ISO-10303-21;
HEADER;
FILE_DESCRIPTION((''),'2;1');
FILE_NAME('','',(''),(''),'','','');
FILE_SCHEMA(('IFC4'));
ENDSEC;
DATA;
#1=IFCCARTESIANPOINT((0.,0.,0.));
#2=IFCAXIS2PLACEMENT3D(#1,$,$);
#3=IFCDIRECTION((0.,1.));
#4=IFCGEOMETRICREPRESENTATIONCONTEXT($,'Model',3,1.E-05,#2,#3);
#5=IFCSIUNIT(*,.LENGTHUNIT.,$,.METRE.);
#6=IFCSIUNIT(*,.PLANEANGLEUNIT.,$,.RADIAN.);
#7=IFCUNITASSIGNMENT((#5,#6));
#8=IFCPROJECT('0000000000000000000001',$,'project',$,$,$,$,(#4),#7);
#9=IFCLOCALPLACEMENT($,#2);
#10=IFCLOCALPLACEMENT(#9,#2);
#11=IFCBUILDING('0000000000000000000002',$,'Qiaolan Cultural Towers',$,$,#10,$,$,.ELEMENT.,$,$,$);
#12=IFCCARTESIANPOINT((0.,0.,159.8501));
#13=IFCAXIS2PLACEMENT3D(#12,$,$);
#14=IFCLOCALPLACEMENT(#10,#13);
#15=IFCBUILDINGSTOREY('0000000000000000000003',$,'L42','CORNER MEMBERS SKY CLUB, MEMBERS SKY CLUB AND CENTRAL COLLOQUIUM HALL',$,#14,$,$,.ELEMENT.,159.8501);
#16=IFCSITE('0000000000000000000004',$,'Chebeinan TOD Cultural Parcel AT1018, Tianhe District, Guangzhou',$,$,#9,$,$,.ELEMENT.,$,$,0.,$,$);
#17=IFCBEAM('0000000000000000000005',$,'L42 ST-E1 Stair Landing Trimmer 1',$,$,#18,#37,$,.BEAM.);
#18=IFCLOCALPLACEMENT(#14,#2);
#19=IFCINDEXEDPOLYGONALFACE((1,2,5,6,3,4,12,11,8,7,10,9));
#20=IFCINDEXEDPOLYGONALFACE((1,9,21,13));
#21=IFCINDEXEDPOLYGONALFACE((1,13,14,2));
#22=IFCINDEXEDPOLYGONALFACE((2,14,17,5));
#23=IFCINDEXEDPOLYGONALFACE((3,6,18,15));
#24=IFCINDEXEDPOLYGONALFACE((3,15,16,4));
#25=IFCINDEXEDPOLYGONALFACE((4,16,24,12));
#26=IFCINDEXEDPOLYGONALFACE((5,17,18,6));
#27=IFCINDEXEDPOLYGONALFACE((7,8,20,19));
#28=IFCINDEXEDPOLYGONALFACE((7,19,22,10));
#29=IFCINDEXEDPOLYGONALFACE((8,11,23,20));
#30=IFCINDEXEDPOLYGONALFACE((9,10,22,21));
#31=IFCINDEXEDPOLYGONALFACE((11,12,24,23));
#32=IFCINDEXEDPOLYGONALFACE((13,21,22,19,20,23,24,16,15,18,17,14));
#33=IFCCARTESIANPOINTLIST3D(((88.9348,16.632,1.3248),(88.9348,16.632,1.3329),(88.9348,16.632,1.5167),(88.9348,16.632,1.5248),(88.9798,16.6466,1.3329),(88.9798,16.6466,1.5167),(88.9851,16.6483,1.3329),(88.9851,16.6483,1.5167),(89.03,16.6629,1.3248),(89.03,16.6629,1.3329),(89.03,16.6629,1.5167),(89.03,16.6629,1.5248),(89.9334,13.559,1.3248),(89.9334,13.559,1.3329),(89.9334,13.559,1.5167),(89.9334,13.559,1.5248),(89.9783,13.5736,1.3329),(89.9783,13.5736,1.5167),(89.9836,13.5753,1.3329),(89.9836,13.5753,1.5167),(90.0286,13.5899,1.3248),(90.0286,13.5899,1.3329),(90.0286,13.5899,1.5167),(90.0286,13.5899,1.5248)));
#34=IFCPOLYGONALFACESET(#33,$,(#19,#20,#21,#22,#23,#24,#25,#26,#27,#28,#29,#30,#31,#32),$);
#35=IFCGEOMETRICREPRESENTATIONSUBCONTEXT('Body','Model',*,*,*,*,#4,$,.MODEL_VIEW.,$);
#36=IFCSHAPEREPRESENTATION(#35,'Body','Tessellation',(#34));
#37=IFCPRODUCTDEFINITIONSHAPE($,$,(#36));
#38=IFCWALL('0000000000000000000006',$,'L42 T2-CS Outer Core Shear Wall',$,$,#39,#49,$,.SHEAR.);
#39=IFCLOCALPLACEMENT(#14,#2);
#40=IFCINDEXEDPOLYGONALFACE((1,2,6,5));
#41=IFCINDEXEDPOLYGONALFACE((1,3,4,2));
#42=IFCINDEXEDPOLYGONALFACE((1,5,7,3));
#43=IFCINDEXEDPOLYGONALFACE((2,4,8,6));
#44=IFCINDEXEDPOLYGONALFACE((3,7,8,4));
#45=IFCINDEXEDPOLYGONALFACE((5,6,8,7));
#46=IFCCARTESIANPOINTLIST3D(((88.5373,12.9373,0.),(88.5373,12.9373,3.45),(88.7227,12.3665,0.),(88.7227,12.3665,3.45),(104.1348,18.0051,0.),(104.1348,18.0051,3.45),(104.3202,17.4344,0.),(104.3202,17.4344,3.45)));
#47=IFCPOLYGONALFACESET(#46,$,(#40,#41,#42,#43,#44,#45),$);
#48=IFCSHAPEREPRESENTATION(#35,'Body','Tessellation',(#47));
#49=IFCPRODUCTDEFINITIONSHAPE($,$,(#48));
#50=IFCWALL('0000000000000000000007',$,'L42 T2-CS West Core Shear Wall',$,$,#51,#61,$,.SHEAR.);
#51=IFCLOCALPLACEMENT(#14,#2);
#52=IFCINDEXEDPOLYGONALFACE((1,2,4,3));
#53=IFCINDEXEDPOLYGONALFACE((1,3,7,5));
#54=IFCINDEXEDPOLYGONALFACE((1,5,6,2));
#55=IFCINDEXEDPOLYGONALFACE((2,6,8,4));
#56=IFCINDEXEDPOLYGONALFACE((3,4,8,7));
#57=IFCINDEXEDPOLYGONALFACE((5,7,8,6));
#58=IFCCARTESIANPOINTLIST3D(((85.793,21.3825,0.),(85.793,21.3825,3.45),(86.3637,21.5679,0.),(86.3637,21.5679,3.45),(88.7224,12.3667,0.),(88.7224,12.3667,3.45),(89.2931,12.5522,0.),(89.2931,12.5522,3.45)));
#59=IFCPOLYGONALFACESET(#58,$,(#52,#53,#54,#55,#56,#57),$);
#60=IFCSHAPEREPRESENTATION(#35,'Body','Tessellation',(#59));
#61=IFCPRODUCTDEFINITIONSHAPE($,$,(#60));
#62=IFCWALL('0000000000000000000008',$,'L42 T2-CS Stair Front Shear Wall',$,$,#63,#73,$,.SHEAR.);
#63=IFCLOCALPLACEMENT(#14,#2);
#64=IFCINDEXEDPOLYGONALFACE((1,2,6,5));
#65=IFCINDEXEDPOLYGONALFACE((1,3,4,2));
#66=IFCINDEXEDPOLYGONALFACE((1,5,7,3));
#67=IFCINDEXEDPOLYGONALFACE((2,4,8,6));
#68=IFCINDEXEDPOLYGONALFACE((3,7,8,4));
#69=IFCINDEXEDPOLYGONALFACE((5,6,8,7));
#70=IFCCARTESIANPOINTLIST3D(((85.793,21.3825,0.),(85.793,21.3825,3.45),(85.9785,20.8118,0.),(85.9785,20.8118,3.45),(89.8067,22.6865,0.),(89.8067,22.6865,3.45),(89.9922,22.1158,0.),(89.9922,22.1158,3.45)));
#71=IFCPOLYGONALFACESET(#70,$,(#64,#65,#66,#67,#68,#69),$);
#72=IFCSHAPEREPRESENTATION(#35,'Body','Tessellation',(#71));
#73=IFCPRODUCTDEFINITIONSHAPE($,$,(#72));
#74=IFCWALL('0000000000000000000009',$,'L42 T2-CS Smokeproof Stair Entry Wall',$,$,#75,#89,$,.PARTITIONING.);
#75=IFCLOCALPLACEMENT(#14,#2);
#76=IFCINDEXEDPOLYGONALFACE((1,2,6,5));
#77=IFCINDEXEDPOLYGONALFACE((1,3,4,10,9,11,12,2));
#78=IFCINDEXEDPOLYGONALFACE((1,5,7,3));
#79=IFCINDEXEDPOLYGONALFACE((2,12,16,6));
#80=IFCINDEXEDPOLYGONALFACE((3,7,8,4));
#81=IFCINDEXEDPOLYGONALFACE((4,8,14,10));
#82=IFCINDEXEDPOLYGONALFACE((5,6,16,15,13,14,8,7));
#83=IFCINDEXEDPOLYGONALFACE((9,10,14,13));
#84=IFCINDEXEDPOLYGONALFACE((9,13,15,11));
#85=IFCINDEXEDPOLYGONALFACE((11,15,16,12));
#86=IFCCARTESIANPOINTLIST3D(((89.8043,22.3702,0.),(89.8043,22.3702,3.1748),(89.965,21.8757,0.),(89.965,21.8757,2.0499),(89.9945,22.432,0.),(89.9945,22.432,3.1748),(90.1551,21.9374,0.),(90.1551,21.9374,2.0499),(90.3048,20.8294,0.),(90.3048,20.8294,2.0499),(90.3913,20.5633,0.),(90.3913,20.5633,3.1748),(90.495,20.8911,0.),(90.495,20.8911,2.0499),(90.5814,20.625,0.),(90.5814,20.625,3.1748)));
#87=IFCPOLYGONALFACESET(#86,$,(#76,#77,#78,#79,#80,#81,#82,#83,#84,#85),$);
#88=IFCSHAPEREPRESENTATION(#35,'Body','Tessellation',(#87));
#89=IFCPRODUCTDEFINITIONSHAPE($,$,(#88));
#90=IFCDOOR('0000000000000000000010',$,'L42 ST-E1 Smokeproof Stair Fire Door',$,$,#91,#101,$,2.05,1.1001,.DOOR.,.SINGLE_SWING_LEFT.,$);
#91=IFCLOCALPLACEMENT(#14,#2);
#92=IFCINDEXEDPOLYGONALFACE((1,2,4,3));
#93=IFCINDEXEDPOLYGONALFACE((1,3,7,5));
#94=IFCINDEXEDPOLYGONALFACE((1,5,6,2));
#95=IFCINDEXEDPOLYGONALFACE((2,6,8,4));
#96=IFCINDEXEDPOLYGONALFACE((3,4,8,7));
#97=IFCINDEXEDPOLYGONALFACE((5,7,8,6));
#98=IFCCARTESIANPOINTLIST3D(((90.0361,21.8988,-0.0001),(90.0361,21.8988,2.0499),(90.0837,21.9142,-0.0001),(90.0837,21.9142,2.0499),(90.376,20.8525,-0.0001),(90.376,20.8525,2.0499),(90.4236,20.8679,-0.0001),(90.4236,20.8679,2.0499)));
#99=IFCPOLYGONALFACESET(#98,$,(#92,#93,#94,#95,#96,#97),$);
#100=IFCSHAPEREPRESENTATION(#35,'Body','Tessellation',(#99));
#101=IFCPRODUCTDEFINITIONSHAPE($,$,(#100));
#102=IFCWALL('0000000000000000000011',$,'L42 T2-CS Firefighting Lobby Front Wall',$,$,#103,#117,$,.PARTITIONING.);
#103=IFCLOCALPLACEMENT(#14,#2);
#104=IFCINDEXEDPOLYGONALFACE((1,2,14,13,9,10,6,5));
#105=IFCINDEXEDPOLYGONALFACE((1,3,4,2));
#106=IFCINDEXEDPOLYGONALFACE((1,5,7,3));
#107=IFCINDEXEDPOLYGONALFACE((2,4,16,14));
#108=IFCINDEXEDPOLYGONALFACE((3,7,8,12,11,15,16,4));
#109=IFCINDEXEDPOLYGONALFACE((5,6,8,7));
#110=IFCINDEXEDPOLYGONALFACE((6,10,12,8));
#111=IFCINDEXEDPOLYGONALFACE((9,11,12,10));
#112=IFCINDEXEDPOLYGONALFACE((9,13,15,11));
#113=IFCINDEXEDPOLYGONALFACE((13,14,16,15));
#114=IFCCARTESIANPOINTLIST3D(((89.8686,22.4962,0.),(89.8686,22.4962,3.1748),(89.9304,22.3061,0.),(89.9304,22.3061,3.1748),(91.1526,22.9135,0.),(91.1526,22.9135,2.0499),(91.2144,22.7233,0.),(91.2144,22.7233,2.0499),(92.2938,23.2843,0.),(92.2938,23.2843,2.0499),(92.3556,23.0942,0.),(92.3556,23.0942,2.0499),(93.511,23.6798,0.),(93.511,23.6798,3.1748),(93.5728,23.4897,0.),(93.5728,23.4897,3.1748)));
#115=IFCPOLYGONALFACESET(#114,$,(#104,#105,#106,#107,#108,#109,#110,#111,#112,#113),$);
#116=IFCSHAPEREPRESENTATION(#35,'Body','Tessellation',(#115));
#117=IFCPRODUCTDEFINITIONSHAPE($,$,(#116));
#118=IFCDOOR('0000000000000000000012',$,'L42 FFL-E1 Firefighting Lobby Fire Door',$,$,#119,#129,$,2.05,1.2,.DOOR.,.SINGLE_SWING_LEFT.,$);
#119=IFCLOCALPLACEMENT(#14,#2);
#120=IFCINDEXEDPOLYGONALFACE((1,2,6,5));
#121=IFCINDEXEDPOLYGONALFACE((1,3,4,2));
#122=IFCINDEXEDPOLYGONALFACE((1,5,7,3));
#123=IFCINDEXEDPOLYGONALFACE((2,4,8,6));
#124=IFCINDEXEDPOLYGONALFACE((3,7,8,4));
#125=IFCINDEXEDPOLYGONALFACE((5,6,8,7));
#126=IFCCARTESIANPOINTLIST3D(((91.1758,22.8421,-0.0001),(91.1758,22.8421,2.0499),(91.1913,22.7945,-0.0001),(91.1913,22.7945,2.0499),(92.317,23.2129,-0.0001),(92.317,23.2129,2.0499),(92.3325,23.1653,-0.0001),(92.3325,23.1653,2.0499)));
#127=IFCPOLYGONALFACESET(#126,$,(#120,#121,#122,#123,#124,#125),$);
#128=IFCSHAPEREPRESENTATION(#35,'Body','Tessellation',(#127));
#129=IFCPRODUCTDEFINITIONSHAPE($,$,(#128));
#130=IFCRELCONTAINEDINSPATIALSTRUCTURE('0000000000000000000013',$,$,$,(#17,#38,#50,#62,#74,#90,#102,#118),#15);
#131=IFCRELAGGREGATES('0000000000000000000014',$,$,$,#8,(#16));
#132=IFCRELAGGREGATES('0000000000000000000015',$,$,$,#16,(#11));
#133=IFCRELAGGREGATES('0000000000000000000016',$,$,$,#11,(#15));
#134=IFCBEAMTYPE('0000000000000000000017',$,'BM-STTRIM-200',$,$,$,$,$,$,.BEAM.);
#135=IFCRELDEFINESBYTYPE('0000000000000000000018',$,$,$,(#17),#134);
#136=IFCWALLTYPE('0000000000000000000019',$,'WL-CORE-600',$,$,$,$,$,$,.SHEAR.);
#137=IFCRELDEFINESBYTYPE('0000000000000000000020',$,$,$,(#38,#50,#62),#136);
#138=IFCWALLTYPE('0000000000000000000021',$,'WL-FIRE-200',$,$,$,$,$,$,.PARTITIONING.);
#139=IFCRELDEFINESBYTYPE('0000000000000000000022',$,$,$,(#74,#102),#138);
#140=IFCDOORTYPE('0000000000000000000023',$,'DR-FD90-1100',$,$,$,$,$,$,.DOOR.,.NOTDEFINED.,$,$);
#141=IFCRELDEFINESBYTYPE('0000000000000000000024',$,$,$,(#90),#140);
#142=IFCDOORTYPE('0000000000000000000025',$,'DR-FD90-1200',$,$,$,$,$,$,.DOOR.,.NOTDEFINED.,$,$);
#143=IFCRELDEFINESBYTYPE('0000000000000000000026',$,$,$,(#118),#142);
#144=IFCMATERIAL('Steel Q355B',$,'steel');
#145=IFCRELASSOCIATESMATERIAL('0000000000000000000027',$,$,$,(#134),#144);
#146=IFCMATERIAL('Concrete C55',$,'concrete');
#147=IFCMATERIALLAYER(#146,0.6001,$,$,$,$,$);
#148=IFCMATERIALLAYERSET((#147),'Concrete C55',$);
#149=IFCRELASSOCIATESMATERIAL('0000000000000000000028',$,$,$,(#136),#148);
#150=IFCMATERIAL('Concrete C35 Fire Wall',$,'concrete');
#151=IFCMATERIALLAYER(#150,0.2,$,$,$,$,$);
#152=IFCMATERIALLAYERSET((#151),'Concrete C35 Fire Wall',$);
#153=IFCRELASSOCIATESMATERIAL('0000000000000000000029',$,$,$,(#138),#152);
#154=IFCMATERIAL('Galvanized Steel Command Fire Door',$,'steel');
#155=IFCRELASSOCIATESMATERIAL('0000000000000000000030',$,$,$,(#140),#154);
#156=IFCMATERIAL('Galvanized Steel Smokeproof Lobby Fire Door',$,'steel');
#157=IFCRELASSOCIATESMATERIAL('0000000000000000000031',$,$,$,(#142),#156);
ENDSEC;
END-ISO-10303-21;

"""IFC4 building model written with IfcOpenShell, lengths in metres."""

from ifc_helpers import new_model, si_unit, direction, frame, frame_2d, origin, origin_2d, place, context, subcontext, project, spatial, rectangle, i_section, extrude, material, layer, layer_set, material_profile, profile_set, type_object, element, fill, save


model = new_model("IFC4")

# Units and contexts
model_context = context("Model", 3, precision=1e-05, world=origin(), true_north=direction((0.0, 1.0)))
body_context = subcontext(model_context, "Body", "Model", "MODEL_VIEW")
ifc_project = project(units=[si_unit("LENGTHUNIT", "METRE"), si_unit("PLANEANGLEUNIT", "RADIAN")], contexts=[model_context])

# Site, building, storey
site_placement = place(None, origin())
site = spatial("IfcSite", under=ifc_project, at=site_placement, Name="Chebeinan TOD Cultural Parcel AT1018, Tianhe District, Guangzhou", CompositionType="ELEMENT", RefElevation=0.0)
building_placement = place(site_placement, origin())
building = spatial("IfcBuilding", under=site, at=building_placement, Name="Qiaolan Cultural Towers", CompositionType="ELEMENT")
storey_placement = place(building_placement, frame((0.0, 0.0, 159.8501)))
storey = spatial("IfcBuildingStorey", under=building, at=storey_placement, Name="L42", Description="CORNER MEMBERS SKY CLUB, MEMBERS SKY CLUB AND CENTRAL COLLOQUIUM HALL", CompositionType="ELEMENT", Elevation=159.8501)

# Beam
ifc_material_1 = material(Name="Steel Q355B", Category="steel")
ifc_material_profile_1 = material_profile(ifc_material_1, i_section(OverallWidth=0.1001, OverallDepth=0.2, WebThickness=0.0056, FlangeThickness=0.0081, at=origin_2d()), Name="HN200x100x5.5x8")
ifc_profile_set_1 = profile_set([ifc_material_profile_1], Name="Steel Q355B")
beam_type_1 = type_object("IfcBeamType", Name="BM-STTRIM-200", PredefinedType="BEAM", material=ifc_profile_set_1)
beam_1_placement = place(storey_placement, frame((88.9824, 16.6475, 1.4248), z_axis=(0.309033, -0.951051, 0.0), x_axis=(0.951051, 0.309033, 0.0)))
element("IfcBeam", 1, at=beam_1_placement, inside=storey, type_object=beam_type_1, Name="L42 ST-E1 Stair Landing Trimmer 1", PredefinedType="BEAM", context=body_context, shape_type="SweptSolid", body=[
    extrude(i_section(OverallWidth=0.1001, OverallDepth=0.2, WebThickness=0.0056, FlangeThickness=0.0081, at=origin_2d()), origin(), (0.0, 0.0, 1.0), 3.2312),
])

# Walls
ifc_material_2 = material(Name="Concrete C55", Category="concrete")
ifc_layer_1 = layer(ifc_material_2, 0.6001)
ifc_layer_set_1 = layer_set([ifc_layer_1], Name="Concrete C55")
wall_type_1 = type_object("IfcWallType", Name="WL-CORE-600", PredefinedType="SHEAR", material=ifc_layer_set_1)
wall_1_placement = place(storey_placement, frame((88.6299, 12.6519, 0.0), z_axis=(0.0, 0.0, 1.0), x_axis=(0.951057, 0.309015, 0.0)))
element("IfcWall", 2, at=wall_1_placement, inside=storey, type_object=wall_type_1, Name="L42 T2-CS Outer Core Shear Wall", PredefinedType="SHEAR", context=body_context, shape_type="SweptSolid", body=[
    extrude(rectangle(XDim=16.4001, YDim=0.6001, at=frame_2d((8.2002, 0.0))), origin(), (0.0, 0.0, 1.0), 3.45),
])
wall_2_placement = place(storey_placement, frame((86.0784, 21.4751, 0.0), z_axis=(0.0, 0.0, 1.0), x_axis=(0.309018, -0.951056, 0.0)))
element("IfcWall", 3, at=wall_2_placement, inside=storey, type_object=wall_type_1, Name="L42 T2-CS West Core Shear Wall", PredefinedType="SHEAR", context=body_context, shape_type="SweptSolid", body=[
    extrude(rectangle(XDim=9.4797, YDim=0.6001, at=frame_2d((4.7397, 0.0))), origin(), (0.0, 0.0, 1.0), 3.45),
])
wall_3_placement = place(storey_placement, frame((85.8857, 21.0972, 0.0), z_axis=(0.0, 0.0, 1.0), x_axis=(0.951068, 0.308981, 0.0)))
element("IfcWall", 4, at=wall_3_placement, inside=storey, type_object=wall_type_1, Name="L42 T2-CS Stair Front Shear Wall", PredefinedType="SHEAR", context=body_context, shape_type="SweptSolid", body=[
    extrude(rectangle(XDim=4.2202, YDim=0.6001, at=frame_2d((2.1101, 0.0))), origin(), (0.0, 0.0, 1.0), 3.45),
])

# Walls, openings, doors
ifc_material_3 = material(Name="Concrete C35 Fire Wall", Category="concrete")
ifc_layer_2 = layer(ifc_material_3, 0.2)
ifc_layer_set_2 = layer_set([ifc_layer_2], Name="Concrete C35 Fire Wall")
wall_type_2 = type_object("IfcWallType", Name="WL-FIRE-200", PredefinedType="PARTITIONING", material=ifc_layer_set_2)
wall_4_placement = place(storey_placement, frame((89.8994, 22.4011, 0.0), z_axis=(0.0, 0.0, 1.0), x_axis=(0.308932, -0.951084, 0.0)))
wall_4 = element("IfcWall", 5, at=wall_4_placement, inside=storey, type_object=wall_type_2, Name="L42 T2-CS Smokeproof Stair Entry Wall", PredefinedType="PARTITIONING", context=body_context, shape_type="SweptSolid", body=[
    extrude(rectangle(XDim=1.8999, YDim=0.2, at=frame_2d((0.95, 0.0))), origin(), (0.0, 0.0, 1.0), 3.1748),
])
opening_1_placement = place(wall_4_placement, frame((0.52, 0.0, 0.0)))
opening_1 = element("IfcOpeningElement", 6, at=opening_1_placement, cuts=wall_4, PredefinedType="OPENING", context=body_context, shape_type="SweptSolid", body=[
    extrude(rectangle(XDim=1.1001, YDim=2.05, at=frame_2d((0.55, 1.0249))), frame((0.0, 0.1099, 0.0), z_axis=(0.0, -1.0, 0.0), x_axis=(1.0, 0.0, 0.0)), (0.0, 0.0, 1.0), 0.22),
])
ifc_material_4 = material(Name="Galvanized Steel Command Fire Door", Category="steel")
door_type_1 = type_object("IfcDoorType", Name="DR-FD90-1100", OperationType="NOTDEFINED", PredefinedType="DOOR", material=ifc_material_4)
door_1_placement = place(opening_1_placement, origin())
door_1 = element("IfcDoor", 7, at=door_1_placement, inside=storey, type_object=door_type_1, Name="L42 ST-E1 Smokeproof Stair Fire Door", OperationType="SINGLE_SWING_LEFT", OverallHeight=2.05, OverallWidth=1.1001, PredefinedType="DOOR", context=body_context, shape_type="SweptSolid", body=[
    extrude(rectangle(XDim=1.1001, YDim=2.05, at=frame_2d((0.55, 1.0249))), frame((0.0, 0.0249, 0.0), z_axis=(0.0, -1.0, 0.0), x_axis=(1.0, 0.0, 0.0)), (0.0, 0.0, 1.0), 0.05),
])
fill(opening_1, door_1)
wall_5_placement = place(storey_placement, frame((89.8994, 22.4011, 0.0), z_axis=(0.0, 0.0, 1.0), x_axis=(0.951047, 0.309047, 0.0)))
wall_5 = element("IfcWall", 8, at=wall_5_placement, inside=storey, type_object=wall_type_2, Name="L42 T2-CS Firefighting Lobby Front Wall", PredefinedType="PARTITIONING", context=body_context, shape_type="SweptSolid", body=[
    extrude(rectangle(XDim=3.8298, YDim=0.2, at=frame_2d((1.915, 0.0))), origin(), (0.0, 0.0, 1.0), 3.1748),
])
opening_2_placement = place(wall_5_placement, frame((1.3501, 0.0, 0.0)))
opening_2 = element("IfcOpeningElement", 9, at=opening_2_placement, cuts=wall_5, PredefinedType="OPENING", context=body_context, shape_type="SweptSolid", body=[
    extrude(rectangle(XDim=1.2, YDim=2.05, at=frame_2d((0.6001, 1.0249))), frame((0.0, 0.1099, 0.0), z_axis=(0.0, -1.0, 0.0), x_axis=(1.0, 0.0, 0.0)), (0.0, 0.0, 1.0), 0.22),
])
ifc_material_5 = material(Name="Galvanized Steel Smokeproof Lobby Fire Door", Category="steel")
door_type_2 = type_object("IfcDoorType", Name="DR-FD90-1200", OperationType="NOTDEFINED", PredefinedType="DOOR", material=ifc_material_5)
door_2_placement = place(opening_2_placement, origin())
door_2 = element("IfcDoor", 10, at=door_2_placement, inside=storey, type_object=door_type_2, Name="L42 FFL-E1 Firefighting Lobby Fire Door", OperationType="SINGLE_SWING_LEFT", OverallHeight=2.05, OverallWidth=1.2, PredefinedType="DOOR", context=body_context, shape_type="SweptSolid", body=[
    extrude(rectangle(XDim=1.2, YDim=2.05, at=frame_2d((0.6001, 1.0249))), frame((0.0, 0.0249, 0.0), z_axis=(0.0, -1.0, 0.0), x_axis=(1.0, 0.0, 0.0)), (0.0, 0.0, 1.0), 0.05),
])
fill(opening_2, door_2)

save(model, "model.ifc")
